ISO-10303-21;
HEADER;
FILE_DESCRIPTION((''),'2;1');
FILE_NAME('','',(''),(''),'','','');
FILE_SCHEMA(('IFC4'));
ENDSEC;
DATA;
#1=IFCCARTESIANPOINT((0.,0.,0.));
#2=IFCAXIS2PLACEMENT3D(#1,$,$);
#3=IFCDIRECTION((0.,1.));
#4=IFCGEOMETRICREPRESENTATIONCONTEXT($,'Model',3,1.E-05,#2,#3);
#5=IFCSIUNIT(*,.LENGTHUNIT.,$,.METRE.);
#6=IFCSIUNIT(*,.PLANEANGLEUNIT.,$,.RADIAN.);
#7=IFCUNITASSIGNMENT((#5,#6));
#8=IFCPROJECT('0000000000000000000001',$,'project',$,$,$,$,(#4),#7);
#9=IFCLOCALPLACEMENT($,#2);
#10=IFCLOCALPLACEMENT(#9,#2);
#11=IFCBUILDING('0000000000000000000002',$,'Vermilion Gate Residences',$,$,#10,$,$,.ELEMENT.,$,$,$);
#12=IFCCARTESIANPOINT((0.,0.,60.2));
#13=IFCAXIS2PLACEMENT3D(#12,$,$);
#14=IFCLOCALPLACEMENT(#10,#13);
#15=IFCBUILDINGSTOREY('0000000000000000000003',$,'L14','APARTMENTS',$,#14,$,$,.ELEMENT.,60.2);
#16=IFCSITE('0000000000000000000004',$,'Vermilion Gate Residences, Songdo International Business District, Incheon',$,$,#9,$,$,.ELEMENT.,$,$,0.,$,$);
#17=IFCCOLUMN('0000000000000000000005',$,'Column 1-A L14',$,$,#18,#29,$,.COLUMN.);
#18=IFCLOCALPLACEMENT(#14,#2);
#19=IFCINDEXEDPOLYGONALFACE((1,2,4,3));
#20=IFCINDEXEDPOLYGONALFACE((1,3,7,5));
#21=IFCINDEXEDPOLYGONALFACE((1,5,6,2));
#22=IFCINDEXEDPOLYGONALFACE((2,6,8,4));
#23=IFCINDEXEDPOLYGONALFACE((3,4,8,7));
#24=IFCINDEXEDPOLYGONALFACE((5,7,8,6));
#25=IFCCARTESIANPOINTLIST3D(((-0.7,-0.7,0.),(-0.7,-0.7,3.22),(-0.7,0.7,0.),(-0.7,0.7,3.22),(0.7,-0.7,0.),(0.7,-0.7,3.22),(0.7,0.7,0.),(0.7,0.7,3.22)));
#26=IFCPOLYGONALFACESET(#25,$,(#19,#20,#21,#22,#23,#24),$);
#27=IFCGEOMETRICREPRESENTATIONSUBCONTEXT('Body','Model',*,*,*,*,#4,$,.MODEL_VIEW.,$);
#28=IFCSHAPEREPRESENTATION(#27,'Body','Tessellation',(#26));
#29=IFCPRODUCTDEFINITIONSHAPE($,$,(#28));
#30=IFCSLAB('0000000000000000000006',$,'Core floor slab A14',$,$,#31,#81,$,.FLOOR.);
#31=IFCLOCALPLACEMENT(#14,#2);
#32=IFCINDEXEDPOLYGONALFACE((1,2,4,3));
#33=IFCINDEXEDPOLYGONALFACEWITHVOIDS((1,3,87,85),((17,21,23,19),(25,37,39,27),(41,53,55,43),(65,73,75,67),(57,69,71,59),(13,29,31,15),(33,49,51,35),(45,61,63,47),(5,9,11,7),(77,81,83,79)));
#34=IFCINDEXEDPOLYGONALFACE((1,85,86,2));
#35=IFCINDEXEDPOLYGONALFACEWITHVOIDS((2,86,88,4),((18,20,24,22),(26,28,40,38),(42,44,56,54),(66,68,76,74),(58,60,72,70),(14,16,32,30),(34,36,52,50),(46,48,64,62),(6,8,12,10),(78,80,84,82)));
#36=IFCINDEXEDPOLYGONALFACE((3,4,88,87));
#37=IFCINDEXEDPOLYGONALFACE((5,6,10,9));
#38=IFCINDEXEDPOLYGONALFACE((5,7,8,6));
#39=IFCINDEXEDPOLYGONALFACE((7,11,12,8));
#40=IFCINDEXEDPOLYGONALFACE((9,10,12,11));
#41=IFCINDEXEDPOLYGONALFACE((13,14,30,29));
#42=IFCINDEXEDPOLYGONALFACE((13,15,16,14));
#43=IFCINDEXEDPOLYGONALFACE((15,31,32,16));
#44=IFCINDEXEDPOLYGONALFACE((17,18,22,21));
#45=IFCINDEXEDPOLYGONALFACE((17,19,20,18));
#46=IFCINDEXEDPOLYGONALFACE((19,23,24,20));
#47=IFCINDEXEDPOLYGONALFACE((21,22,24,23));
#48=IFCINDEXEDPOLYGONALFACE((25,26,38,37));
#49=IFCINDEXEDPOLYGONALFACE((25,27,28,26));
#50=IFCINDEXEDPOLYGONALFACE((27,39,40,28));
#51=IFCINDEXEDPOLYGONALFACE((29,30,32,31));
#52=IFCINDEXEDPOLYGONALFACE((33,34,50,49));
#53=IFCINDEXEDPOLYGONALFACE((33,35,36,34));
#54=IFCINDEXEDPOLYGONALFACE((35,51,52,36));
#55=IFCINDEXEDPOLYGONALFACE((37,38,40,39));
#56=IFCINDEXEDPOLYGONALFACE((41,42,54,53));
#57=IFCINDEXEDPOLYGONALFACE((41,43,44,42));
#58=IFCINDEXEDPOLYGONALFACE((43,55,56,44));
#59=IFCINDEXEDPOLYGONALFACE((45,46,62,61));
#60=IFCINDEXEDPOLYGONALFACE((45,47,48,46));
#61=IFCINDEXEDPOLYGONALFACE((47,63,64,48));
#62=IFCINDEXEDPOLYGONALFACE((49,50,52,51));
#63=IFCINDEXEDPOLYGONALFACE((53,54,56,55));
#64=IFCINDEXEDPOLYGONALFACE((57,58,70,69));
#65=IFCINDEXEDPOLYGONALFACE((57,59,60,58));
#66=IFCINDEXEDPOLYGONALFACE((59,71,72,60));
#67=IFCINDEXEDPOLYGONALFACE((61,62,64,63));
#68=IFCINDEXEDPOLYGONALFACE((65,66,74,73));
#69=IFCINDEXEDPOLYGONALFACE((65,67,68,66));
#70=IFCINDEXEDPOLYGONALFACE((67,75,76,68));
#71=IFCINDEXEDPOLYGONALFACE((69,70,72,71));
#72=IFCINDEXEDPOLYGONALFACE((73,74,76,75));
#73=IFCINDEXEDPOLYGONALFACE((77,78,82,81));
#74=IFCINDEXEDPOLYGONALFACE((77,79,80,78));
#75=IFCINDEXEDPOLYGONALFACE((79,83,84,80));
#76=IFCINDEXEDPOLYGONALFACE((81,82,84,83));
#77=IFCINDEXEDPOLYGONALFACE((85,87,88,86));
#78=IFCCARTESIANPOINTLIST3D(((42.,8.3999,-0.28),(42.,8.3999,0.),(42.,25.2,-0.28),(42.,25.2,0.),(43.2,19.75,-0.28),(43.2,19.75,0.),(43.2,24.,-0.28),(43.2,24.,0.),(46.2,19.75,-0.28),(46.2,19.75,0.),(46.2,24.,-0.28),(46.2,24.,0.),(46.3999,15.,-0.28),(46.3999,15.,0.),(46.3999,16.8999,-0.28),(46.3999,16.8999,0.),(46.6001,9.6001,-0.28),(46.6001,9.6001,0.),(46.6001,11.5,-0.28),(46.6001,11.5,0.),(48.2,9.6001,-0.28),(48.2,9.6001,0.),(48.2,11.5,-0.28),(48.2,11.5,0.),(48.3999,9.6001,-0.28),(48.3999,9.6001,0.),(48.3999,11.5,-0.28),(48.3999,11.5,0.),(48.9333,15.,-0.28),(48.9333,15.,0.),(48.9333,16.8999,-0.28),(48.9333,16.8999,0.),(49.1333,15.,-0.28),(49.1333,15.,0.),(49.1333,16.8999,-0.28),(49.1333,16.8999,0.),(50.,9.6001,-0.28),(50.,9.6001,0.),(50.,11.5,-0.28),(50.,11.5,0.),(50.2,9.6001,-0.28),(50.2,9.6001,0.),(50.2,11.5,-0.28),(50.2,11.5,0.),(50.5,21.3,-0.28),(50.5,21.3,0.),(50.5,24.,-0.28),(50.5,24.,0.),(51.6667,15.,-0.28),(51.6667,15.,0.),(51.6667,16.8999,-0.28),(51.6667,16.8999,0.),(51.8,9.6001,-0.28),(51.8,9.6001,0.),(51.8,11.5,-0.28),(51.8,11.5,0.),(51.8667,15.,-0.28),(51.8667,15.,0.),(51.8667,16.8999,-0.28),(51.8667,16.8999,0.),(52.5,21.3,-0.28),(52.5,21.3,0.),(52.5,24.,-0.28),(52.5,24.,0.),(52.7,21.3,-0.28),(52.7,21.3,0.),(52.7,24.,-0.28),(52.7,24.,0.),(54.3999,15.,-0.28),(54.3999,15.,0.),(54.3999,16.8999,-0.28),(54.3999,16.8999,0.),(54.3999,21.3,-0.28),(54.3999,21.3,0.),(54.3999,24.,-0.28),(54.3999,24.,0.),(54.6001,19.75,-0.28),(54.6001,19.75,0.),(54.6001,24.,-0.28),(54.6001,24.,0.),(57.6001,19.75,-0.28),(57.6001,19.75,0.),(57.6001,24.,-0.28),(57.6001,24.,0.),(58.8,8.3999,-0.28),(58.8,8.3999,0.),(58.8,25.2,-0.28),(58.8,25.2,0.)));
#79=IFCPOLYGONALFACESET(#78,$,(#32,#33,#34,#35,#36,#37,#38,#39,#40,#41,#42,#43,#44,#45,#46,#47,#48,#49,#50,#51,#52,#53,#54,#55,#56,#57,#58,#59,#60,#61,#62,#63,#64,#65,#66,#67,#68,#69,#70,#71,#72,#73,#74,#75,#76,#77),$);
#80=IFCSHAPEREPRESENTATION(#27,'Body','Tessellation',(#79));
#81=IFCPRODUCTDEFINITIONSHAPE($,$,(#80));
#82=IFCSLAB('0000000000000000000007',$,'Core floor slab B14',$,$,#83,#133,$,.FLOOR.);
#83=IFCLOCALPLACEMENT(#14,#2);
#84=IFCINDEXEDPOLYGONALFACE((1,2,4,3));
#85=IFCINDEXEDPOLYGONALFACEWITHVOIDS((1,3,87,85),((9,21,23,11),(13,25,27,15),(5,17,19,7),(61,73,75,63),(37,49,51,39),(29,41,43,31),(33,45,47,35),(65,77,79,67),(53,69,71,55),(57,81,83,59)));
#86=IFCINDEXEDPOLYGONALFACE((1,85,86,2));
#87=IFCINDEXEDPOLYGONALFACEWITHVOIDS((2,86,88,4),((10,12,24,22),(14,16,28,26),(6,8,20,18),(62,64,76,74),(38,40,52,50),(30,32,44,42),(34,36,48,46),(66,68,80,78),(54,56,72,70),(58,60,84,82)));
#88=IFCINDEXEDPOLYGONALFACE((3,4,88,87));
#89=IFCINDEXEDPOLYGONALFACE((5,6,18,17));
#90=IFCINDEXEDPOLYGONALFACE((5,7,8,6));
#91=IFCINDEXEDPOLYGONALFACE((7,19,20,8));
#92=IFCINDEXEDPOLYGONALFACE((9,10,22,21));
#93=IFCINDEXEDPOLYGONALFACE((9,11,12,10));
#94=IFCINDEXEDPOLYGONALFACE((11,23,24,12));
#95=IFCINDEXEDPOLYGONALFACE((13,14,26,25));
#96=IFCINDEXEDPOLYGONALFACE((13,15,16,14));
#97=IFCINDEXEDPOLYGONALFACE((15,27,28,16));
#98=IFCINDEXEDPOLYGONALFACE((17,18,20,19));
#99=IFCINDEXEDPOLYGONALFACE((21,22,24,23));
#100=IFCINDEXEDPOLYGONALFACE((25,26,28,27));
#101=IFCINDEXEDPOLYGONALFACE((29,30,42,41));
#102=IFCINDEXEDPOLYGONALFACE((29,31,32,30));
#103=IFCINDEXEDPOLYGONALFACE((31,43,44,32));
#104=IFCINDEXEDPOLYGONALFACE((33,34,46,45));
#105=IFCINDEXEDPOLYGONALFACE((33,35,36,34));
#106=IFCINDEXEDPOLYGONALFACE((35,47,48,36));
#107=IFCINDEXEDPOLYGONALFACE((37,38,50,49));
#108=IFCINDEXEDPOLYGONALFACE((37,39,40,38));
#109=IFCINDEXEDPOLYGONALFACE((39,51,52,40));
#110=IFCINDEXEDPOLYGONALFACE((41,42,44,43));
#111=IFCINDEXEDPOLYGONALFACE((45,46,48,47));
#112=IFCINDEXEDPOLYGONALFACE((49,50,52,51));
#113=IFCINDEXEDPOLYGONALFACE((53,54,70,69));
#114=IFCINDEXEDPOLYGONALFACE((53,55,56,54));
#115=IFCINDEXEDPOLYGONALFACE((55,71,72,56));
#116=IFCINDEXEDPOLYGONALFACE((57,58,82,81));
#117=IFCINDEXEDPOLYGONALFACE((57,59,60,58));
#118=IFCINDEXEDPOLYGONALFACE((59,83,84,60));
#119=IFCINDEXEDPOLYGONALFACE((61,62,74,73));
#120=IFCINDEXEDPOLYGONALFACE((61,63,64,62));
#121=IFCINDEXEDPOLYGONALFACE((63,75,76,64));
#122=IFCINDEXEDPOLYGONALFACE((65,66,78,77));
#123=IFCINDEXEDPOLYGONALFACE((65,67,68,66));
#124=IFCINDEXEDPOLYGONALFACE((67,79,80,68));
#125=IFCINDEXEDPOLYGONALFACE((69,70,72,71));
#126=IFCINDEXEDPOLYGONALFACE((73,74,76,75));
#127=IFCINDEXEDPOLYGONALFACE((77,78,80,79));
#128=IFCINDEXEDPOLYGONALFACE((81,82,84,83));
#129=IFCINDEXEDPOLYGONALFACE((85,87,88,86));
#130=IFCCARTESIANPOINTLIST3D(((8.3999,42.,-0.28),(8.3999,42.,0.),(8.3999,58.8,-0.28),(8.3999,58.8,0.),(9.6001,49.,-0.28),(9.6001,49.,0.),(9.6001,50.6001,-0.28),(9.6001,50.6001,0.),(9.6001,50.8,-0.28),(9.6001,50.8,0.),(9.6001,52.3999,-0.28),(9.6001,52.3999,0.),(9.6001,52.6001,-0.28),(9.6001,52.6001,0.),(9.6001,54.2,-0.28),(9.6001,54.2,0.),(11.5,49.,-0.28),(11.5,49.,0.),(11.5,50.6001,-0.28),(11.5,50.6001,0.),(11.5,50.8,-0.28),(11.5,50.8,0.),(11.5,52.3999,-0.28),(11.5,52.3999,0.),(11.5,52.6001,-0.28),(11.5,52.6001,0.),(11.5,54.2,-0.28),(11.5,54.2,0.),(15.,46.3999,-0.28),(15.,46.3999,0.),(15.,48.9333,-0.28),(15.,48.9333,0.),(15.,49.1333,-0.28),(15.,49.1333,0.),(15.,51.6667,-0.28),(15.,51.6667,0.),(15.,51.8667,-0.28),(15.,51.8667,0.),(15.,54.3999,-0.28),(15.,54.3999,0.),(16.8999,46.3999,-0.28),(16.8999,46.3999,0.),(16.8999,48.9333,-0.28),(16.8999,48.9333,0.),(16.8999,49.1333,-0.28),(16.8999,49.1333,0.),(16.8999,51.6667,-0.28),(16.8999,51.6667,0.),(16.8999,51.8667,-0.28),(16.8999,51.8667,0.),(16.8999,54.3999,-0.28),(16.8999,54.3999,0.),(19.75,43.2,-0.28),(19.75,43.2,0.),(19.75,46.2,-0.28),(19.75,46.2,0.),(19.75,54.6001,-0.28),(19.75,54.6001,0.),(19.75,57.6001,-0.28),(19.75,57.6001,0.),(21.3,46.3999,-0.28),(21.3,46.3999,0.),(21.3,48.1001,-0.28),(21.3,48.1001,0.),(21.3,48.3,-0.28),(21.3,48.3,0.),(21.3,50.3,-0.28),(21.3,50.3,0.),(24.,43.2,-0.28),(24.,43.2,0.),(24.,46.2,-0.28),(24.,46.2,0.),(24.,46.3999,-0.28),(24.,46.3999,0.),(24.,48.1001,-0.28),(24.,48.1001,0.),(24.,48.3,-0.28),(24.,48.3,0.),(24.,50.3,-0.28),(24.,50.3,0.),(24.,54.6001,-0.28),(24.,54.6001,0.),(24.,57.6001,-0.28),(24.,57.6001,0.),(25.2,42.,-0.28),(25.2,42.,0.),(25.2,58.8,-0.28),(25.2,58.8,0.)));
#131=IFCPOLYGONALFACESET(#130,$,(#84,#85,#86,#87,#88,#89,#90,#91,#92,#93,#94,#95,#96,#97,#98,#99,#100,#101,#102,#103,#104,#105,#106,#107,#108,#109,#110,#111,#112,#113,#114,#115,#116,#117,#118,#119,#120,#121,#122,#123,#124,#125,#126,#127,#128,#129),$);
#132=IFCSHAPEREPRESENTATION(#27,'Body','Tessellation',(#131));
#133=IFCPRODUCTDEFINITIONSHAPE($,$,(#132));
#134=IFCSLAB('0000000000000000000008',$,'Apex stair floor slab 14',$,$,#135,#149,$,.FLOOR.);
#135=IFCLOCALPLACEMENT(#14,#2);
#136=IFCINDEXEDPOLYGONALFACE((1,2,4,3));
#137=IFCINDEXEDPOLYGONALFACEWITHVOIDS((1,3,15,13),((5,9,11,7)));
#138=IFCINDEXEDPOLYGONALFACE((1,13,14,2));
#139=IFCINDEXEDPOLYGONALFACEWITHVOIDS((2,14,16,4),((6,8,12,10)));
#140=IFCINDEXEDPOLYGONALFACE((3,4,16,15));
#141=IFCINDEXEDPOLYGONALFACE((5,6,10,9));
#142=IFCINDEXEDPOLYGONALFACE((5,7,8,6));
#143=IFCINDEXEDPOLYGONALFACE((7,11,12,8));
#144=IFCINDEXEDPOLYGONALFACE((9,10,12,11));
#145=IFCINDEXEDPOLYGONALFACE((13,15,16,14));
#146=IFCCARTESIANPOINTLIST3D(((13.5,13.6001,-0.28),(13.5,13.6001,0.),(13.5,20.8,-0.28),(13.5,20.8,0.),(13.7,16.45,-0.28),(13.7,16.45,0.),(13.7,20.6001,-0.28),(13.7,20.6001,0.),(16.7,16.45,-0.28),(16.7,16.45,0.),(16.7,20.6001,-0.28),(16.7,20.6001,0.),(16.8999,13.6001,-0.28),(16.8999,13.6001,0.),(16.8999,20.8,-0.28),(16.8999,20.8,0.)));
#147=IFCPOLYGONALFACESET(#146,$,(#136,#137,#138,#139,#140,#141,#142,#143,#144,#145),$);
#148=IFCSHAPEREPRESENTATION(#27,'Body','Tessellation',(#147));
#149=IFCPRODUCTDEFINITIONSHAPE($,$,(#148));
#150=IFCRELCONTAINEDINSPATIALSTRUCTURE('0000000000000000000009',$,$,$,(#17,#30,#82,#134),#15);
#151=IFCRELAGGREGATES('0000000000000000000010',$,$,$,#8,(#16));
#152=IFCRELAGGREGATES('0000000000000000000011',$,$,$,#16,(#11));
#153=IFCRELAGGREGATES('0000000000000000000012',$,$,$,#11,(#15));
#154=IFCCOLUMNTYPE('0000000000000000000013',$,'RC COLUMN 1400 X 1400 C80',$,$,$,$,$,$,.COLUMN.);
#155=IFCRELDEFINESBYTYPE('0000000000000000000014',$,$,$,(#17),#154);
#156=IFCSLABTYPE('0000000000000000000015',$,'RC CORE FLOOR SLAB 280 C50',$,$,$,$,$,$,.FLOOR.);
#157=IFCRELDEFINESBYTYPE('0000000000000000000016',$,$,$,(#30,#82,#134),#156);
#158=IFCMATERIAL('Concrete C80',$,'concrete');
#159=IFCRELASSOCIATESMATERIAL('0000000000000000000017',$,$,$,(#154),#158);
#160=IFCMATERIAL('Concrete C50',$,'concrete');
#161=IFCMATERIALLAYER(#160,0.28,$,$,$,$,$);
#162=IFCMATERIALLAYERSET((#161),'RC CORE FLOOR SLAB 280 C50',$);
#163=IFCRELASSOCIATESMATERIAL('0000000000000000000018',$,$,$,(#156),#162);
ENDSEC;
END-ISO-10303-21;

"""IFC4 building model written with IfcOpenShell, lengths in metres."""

from ifc_helpers import new_model, si_unit, direction, frame, origin, origin_with_axes, origin_2d, place, context, subcontext, project, spatial, polyline, rectangle, outline, extrude, material, layer, layer_set, material_profile, profile_set, type_object, element, save


model = new_model("IFC4")

# Units and contexts
model_context = context("Model", 3, precision=1e-05, world=origin(), true_north=direction((0.0, 1.0)))
body_context = subcontext(model_context, "Body", "Model", "MODEL_VIEW")
ifc_project = project(units=[si_unit("LENGTHUNIT", "METRE"), si_unit("PLANEANGLEUNIT", "RADIAN")], contexts=[model_context])

# Site, building, storey
site_placement = place(None, origin())
site = spatial("IfcSite", under=ifc_project, at=site_placement, Name="Vermilion Gate Residences, Songdo International Business District, Incheon", CompositionType="ELEMENT", RefElevation=0.0)
building_placement = place(site_placement, origin())
building = spatial("IfcBuilding", under=site, at=building_placement, Name="Vermilion Gate Residences", CompositionType="ELEMENT")
storey_placement = place(building_placement, frame((0.0, 0.0, 60.2)))
storey = spatial("IfcBuildingStorey", under=building, at=storey_placement, Name="L14", Description="APARTMENTS", CompositionType="ELEMENT", Elevation=60.2)

# Column
ifc_material_1 = material(Name="Concrete C80", Category="concrete")
ifc_material_profile_1 = material_profile(ifc_material_1, rectangle(XDim=1.3999, YDim=1.3999, at=origin_2d()), Name="RC-1400x1400")
ifc_profile_set_1 = profile_set([ifc_material_profile_1], Name="Concrete C80")
column_type = type_object("IfcColumnType", Name="RC COLUMN 1400 X 1400 C80", PredefinedType="COLUMN", material=ifc_profile_set_1)
column_placement = place(storey_placement, origin_with_axes())
element("IfcColumn", 1, at=column_placement, inside=storey, type_object=column_type, Name="Column 1-A L14", PredefinedType="COLUMN", context=body_context, shape_type="SweptSolid", body=[
    extrude(rectangle(XDim=1.3999, YDim=1.3999, at=origin_2d()), origin(), (0.0, 0.0, 1.0), 3.22),
])

# Slabs
ifc_material_2 = material(Name="Concrete C50", Category="concrete")
ifc_layer_1 = layer(ifc_material_2, 0.28)
ifc_layer_set_1 = layer_set([ifc_layer_1], Name="RC CORE FLOOR SLAB 280 C50")
slab_type_1 = type_object("IfcSlabType", Name="RC CORE FLOOR SLAB 280 C50", PredefinedType="FLOOR", material=ifc_layer_set_1)
slab_1_placement = place(storey_placement, frame((0.0, 0.0, -0.28)))
element("IfcSlab", 2, at=slab_1_placement, inside=storey, type_object=slab_type_1, Name="Core floor slab A14", PredefinedType="FLOOR", context=body_context, shape_type="SweptSolid", body=[
    extrude(outline(polyline([(42.0, 8.3999), (58.8, 8.3999), (58.8, 25.2), (42.0, 25.2), (42.0, 8.3999)]), holes=[polyline([(46.6001, 11.5), (48.2, 11.5), (48.2, 9.6001), (46.6001, 9.6001), (46.6001, 11.5)]), polyline([(48.3999, 11.5), (50.0, 11.5), (50.0, 9.6001), (48.3999, 9.6001), (48.3999, 11.5)]), polyline([(50.2, 11.5), (51.8, 11.5), (51.8, 9.6001), (50.2, 9.6001), (50.2, 11.5)]), polyline([(48.9333, 16.8999), (48.9333, 15.0), (46.3999, 15.0), (46.3999, 16.8999), (48.9333, 16.8999)]), polyline([(51.6667, 16.8999), (51.6667, 15.0), (49.1333, 15.0), (49.1333, 16.8999), (51.6667, 16.8999)]), polyline([(51.8667, 16.8999), (54.3999, 16.8999), (54.3999, 15.0), (51.8667, 15.0), (51.8667, 16.8999)]), polyline([(43.2, 24.0), (46.2, 24.0), (46.2, 19.75), (43.2, 19.75), (43.2, 24.0)]), polyline([(54.6001, 24.0), (57.6001, 24.0), (57.6001, 19.75), (54.6001, 19.75), (54.6001, 24.0)]), polyline([(52.5, 24.0), (52.5, 21.3), (50.5, 21.3), (50.5, 24.0), (52.5, 24.0)]), polyline([(54.3999, 24.0), (54.3999, 21.3), (52.7, 21.3), (52.7, 24.0), (54.3999, 24.0)])]), origin(), (0.0, 0.0, 1.0), 0.28),
])
slab_2_placement = place(storey_placement, frame((0.0, 0.0, -0.28)))
element("IfcSlab", 3, at=slab_2_placement, inside=storey, type_object=slab_type_1, Name="Core floor slab B14", PredefinedType="FLOOR", context=body_context, shape_type="SweptSolid", body=[
    extrude(outline(polyline([(8.3999, 42.0), (25.2, 42.0), (25.2, 58.8), (8.3999, 58.8), (8.3999, 42.0)]), holes=[polyline([(19.75, 46.2), (24.0, 46.2), (24.0, 43.2), (19.75, 43.2), (19.75, 46.2)]), polyline([(21.3, 48.1001), (24.0, 48.1001), (24.0, 46.3999), (21.3, 46.3999), (21.3, 48.1001)]), polyline([(15.0, 48.9333), (16.8999, 48.9333), (16.8999, 46.3999), (15.0, 46.3999), (15.0, 48.9333)]), polyline([(24.0, 50.3), (24.0, 48.3), (21.3, 48.3), (21.3, 50.3), (24.0, 50.3)]), polyline([(11.5, 50.6001), (11.5, 49.0), (9.6001, 49.0), (9.6001, 50.6001), (11.5, 50.6001)]), polyline([(15.0, 51.6667), (16.8999, 51.6667), (16.8999, 49.1333), (15.0, 49.1333), (15.0, 51.6667)]), polyline([(9.6001, 52.3999), (11.5, 52.3999), (11.5, 50.8), (9.6001, 50.8), (9.6001, 52.3999)]), polyline([(15.0, 54.3999), (16.8999, 54.3999), (16.8999, 51.8667), (15.0, 51.8667), (15.0, 54.3999)]), polyline([(11.5, 54.2), (11.5, 52.6001), (9.6001, 52.6001), (9.6001, 54.2), (11.5, 54.2)]), polyline([(24.0, 57.6001), (24.0, 54.6001), (19.75, 54.6001), (19.75, 57.6001), (24.0, 57.6001)])]), origin(), (0.0, 0.0, 1.0), 0.28),
])
slab_3_placement = place(storey_placement, frame((0.0, 0.0, -0.28)))
element("IfcSlab", 4, at=slab_3_placement, inside=storey, type_object=slab_type_1, Name="Apex stair floor slab 14", PredefinedType="FLOOR", context=body_context, shape_type="SweptSolid", body=[
    extrude(outline(polyline([(13.5, 13.6001), (16.8999, 13.6001), (16.8999, 20.8), (13.5, 20.8), (13.5, 13.6001)]), holes=[polyline([(16.7, 20.6001), (16.7, 16.45), (13.7, 16.45), (13.7, 20.6001), (16.7, 20.6001)])]), origin(), (0.0, 0.0, 1.0), 0.28),
])

save(model, "model.ifc")
